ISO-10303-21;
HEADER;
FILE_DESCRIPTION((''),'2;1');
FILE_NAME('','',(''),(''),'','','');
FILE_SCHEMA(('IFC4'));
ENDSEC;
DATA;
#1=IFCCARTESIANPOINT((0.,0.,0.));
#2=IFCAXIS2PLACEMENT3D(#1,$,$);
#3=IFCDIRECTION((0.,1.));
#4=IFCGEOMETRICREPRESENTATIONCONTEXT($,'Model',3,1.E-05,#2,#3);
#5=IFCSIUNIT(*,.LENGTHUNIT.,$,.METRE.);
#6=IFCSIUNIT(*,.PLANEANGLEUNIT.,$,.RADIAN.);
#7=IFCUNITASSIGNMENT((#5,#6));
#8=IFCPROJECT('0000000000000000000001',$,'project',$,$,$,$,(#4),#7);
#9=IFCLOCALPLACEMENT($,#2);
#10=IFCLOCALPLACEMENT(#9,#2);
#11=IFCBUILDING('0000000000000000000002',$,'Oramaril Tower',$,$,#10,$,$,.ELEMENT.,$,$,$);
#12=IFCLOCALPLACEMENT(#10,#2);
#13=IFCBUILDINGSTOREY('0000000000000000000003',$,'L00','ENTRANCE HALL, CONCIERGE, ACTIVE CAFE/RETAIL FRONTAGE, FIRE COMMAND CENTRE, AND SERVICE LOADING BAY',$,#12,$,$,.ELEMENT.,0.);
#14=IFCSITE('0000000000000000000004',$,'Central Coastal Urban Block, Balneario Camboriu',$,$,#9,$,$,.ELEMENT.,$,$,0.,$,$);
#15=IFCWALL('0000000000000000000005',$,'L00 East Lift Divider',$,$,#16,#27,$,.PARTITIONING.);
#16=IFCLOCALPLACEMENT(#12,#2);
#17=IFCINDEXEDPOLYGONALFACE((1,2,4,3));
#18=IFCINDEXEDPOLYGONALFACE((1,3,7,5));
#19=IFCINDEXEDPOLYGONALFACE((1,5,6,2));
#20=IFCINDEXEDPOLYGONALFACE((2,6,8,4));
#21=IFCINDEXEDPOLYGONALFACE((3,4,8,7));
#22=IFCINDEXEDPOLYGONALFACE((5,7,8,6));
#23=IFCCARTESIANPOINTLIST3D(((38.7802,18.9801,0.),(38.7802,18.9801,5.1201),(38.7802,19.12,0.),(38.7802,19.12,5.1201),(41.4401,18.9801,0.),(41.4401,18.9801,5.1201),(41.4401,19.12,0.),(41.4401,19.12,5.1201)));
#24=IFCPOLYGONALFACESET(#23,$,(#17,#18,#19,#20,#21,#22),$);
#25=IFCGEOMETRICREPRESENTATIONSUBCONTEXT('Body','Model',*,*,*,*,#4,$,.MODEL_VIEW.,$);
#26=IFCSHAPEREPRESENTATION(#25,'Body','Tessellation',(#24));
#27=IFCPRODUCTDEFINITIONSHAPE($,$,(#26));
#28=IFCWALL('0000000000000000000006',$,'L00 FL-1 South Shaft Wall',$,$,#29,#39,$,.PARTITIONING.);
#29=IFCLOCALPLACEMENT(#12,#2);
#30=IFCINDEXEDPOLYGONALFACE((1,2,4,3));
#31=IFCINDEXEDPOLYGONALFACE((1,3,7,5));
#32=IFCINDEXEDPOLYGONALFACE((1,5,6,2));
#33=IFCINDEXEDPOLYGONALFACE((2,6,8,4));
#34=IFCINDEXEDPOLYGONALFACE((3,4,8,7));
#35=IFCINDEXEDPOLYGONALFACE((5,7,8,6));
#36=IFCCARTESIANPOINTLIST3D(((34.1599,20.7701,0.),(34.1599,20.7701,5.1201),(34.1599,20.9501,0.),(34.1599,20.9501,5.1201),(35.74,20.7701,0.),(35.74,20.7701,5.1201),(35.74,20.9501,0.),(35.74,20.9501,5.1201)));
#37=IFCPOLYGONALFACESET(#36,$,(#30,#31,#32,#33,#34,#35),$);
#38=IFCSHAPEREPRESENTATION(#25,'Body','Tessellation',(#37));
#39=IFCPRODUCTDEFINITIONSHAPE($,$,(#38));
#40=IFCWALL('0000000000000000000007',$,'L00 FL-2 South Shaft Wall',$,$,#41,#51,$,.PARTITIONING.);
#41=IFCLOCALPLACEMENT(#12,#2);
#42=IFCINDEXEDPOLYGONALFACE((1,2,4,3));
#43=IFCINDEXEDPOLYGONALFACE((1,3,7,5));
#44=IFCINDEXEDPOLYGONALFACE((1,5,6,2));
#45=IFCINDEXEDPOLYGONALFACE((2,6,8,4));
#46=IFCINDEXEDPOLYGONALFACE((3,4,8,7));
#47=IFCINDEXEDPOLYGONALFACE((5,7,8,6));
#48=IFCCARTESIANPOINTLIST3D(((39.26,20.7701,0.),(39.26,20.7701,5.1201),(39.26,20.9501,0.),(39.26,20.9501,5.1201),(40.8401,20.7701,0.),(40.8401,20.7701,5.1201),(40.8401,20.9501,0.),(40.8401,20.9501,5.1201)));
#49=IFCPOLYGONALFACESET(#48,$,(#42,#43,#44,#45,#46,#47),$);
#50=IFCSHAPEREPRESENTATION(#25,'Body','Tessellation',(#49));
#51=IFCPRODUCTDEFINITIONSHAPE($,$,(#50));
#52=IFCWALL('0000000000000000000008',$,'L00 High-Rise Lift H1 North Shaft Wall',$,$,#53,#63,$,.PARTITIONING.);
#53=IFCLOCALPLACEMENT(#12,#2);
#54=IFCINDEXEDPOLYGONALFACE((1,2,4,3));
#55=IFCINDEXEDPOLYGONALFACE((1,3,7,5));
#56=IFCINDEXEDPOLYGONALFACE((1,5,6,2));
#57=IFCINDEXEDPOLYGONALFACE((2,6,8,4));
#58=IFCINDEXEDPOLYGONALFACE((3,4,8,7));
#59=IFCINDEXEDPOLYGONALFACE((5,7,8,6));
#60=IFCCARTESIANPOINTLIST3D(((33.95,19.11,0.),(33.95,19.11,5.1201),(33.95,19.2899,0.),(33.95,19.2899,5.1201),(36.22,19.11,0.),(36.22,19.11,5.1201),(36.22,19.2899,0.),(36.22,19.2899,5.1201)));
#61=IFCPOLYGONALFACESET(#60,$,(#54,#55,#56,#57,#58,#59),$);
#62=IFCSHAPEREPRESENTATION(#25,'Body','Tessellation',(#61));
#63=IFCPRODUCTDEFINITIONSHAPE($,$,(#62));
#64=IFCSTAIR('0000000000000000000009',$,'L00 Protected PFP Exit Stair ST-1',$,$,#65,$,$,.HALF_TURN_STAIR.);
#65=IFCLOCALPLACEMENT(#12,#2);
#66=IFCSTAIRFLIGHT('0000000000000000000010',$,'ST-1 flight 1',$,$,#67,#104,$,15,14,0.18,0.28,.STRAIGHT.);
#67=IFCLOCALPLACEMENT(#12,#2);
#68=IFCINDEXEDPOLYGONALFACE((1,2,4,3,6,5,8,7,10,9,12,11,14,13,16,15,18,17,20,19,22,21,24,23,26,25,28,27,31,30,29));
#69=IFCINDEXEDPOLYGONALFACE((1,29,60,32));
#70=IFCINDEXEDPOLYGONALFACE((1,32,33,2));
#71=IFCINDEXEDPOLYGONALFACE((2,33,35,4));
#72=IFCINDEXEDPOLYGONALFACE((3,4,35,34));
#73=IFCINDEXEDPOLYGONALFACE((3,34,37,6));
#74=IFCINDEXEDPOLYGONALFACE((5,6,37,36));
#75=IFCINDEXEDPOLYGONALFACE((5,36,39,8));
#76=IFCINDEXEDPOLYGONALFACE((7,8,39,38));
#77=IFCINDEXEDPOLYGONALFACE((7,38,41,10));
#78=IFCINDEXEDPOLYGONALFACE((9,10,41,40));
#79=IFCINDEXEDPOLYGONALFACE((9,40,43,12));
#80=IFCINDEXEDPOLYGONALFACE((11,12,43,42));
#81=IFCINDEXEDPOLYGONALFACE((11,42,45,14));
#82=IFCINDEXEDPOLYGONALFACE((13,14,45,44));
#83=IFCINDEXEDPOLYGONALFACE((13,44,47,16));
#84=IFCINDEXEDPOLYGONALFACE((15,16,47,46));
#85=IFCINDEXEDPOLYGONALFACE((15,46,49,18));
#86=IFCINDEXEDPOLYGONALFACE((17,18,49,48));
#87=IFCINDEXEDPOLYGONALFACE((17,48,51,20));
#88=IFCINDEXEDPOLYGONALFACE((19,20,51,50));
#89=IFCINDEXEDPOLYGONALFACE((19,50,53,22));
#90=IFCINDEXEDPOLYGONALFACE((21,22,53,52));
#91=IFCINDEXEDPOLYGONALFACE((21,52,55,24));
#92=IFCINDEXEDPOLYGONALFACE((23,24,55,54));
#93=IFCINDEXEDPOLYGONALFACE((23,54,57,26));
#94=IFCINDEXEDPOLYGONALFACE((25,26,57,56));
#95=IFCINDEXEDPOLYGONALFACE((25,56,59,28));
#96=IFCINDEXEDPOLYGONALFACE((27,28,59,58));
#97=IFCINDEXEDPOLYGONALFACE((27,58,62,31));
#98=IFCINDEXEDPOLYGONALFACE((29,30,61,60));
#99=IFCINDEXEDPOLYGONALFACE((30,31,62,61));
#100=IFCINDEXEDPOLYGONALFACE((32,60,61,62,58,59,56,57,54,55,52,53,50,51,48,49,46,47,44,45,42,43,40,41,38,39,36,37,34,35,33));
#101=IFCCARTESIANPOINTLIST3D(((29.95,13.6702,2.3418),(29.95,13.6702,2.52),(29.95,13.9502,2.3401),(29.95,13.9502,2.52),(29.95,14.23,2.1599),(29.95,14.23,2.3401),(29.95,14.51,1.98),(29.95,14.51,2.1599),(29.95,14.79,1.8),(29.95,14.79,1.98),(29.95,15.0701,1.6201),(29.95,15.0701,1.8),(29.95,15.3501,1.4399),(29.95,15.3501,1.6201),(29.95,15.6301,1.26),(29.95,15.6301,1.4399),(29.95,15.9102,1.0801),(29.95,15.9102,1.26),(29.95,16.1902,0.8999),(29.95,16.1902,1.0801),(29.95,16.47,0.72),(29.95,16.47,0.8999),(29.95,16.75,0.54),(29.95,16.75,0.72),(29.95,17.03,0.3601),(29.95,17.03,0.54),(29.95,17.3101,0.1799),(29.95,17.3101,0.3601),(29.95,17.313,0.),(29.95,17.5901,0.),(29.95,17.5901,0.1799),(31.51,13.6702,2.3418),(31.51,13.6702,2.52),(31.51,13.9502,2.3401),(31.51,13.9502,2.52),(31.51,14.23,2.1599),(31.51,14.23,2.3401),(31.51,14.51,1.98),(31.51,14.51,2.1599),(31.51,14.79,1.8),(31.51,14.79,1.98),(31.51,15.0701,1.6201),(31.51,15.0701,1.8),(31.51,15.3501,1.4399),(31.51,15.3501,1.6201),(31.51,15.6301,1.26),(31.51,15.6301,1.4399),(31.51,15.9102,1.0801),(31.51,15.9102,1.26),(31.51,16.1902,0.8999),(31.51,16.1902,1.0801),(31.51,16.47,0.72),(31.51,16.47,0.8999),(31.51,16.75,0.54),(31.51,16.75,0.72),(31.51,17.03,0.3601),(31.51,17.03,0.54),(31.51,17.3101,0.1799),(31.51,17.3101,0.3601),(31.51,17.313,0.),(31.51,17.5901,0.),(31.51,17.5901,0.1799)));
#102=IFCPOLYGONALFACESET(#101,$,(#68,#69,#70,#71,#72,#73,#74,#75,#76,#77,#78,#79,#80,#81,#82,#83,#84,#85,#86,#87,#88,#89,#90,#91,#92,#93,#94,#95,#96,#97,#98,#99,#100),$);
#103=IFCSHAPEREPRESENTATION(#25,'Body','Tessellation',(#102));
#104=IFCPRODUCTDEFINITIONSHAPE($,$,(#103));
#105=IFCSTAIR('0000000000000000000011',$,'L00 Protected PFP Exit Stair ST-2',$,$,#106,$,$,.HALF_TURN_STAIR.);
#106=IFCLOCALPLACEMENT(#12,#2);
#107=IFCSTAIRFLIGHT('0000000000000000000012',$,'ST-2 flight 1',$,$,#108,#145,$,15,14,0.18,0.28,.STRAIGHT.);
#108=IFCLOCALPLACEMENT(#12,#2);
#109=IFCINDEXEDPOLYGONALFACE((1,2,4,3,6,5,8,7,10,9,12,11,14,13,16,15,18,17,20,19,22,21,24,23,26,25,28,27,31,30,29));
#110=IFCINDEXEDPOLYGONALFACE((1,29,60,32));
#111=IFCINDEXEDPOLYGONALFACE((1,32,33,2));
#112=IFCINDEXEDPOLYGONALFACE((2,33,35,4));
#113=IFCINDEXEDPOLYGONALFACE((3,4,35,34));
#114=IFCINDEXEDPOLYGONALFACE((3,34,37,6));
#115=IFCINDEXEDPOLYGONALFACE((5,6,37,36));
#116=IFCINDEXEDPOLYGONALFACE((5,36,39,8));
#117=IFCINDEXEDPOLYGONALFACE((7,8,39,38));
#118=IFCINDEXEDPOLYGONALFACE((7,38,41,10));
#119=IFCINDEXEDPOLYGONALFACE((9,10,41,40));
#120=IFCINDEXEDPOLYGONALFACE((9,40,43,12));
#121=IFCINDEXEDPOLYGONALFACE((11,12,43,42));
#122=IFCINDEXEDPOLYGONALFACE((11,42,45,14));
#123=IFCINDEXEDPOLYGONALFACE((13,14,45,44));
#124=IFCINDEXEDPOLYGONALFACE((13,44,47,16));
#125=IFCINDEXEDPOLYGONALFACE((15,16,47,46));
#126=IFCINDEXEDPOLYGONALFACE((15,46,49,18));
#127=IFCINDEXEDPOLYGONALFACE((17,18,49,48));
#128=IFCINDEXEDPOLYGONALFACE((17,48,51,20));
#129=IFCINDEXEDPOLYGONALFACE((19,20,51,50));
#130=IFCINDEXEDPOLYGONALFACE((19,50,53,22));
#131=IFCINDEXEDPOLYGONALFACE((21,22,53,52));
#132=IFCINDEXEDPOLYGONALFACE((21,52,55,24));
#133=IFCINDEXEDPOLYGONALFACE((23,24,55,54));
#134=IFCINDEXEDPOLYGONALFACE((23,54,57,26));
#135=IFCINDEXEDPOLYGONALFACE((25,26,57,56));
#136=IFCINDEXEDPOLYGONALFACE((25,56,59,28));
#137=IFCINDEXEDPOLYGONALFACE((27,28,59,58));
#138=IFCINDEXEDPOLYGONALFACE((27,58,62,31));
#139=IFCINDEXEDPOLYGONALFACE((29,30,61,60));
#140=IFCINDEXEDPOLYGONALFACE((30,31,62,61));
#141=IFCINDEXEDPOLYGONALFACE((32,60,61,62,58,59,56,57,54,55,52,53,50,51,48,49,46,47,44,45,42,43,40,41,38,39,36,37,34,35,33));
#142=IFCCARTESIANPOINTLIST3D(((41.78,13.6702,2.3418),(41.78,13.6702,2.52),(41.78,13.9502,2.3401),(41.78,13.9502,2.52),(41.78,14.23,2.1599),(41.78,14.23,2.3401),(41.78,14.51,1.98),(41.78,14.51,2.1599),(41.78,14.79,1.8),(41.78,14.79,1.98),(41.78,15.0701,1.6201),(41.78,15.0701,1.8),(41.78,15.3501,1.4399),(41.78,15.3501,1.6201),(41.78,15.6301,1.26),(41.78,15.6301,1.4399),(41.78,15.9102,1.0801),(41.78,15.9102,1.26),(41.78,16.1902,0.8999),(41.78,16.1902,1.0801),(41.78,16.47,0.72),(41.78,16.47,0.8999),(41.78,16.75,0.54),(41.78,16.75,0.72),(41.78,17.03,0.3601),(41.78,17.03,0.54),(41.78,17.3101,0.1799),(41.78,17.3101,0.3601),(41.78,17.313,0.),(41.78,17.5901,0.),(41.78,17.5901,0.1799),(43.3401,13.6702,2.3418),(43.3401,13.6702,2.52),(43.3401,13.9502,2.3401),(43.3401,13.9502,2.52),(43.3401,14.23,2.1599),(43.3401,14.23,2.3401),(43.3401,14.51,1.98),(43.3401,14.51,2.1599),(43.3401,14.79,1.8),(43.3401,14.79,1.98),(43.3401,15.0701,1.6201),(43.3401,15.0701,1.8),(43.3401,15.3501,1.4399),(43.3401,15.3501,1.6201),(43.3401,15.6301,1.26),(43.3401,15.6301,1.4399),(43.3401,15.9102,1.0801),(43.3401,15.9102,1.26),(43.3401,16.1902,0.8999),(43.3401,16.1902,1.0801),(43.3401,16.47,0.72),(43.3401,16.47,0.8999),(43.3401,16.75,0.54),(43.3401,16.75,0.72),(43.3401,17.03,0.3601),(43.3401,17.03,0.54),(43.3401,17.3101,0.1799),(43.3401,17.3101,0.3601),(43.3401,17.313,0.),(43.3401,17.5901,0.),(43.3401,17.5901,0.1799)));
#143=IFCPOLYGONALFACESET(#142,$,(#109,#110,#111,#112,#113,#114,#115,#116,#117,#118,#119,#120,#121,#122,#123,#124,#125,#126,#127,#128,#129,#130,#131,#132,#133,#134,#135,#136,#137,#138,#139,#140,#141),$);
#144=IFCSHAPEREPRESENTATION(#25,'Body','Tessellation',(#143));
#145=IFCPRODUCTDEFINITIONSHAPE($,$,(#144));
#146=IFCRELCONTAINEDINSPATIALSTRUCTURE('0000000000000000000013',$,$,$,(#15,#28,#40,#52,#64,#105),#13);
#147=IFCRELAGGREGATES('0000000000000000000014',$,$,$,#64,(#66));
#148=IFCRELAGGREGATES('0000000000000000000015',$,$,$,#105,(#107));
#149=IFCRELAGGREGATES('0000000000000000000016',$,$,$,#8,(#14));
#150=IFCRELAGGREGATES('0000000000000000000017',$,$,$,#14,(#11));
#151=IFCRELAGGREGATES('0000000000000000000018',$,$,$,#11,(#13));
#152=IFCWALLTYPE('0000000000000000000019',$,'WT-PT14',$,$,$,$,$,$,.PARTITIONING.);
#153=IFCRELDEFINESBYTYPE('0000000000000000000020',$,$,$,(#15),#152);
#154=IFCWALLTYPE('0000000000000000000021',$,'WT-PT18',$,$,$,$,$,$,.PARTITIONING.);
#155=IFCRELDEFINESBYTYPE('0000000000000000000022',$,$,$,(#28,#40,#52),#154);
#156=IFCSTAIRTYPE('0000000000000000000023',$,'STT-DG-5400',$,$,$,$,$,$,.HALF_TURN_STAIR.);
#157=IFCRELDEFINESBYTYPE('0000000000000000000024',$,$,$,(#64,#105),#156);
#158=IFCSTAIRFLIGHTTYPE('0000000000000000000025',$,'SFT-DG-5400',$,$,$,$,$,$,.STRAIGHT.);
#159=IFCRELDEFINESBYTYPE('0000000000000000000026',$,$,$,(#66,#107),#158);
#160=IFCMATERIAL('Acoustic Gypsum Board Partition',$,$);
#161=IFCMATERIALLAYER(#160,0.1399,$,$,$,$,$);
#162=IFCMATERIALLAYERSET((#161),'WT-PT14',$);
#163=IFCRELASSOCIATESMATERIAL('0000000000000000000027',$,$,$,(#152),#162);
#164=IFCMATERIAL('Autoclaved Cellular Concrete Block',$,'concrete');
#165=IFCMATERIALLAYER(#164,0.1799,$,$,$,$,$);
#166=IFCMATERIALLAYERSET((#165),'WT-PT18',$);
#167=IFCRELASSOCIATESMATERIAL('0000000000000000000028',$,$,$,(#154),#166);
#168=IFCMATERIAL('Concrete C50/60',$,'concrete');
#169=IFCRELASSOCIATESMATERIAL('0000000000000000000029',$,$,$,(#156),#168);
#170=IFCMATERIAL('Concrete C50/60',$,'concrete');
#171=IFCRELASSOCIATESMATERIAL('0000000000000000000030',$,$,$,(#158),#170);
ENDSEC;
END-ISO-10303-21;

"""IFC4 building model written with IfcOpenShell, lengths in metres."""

from ifc_helpers import new_model, si_unit, direction, frame, frame_2d, origin, place, context, subcontext, project, spatial, polyline, rectangle, outline, extrude, material, layer, layer_set, type_object, element, aggregate, save


model = new_model("IFC4")

# Units and contexts
model_context = context("Model", 3, precision=1e-05, world=origin(), true_north=direction((0.0, 1.0)))
body_context = subcontext(model_context, "Body", "Model", "MODEL_VIEW")
ifc_project = project(units=[si_unit("LENGTHUNIT", "METRE"), si_unit("PLANEANGLEUNIT", "RADIAN")], contexts=[model_context])

# Site, building, storey
site_placement = place(None, origin())
site = spatial("IfcSite", under=ifc_project, at=site_placement, Name="Central Coastal Urban Block, Balneario Camboriu", CompositionType="ELEMENT", RefElevation=0.0)
building_placement = place(site_placement, origin())
building = spatial("IfcBuilding", under=site, at=building_placement, Name="Oramaril Tower", CompositionType="ELEMENT")
storey_placement = place(building_placement, origin())
storey = spatial("IfcBuildingStorey", under=building, at=storey_placement, Name="L00", Description="ENTRANCE HALL, CONCIERGE, ACTIVE CAFE/RETAIL FRONTAGE, FIRE COMMAND CENTRE, AND SERVICE LOADING BAY", CompositionType="ELEMENT", Elevation=0.0)

# Walls
ifc_material_1 = material(Name="Acoustic Gypsum Board Partition")
ifc_layer_1 = layer(ifc_material_1, 0.1399)
ifc_layer_set_1 = layer_set([ifc_layer_1], Name="WT-PT14")
wall_type_1 = type_object("IfcWallType", Name="WT-PT14", PredefinedType="PARTITIONING", material=ifc_layer_set_1)
wall_1_placement = place(storey_placement, frame((38.78, 19.05, 0.0), z_axis=(0.0, 0.0, 1.0), x_axis=(1.0, 0.0, 0.0)))
element("IfcWall", 1, at=wall_1_placement, inside=storey, type_object=wall_type_1, Name="L00 East Lift Divider", PredefinedType="PARTITIONING", context=body_context, shape_type="SweptSolid", body=[
    extrude(rectangle(XDim=2.6599, YDim=0.1399, at=frame_2d((1.3301, 0.0))), origin(), (0.0, 0.0, 1.0), 5.1201),
])
ifc_material_2 = material(Name="Autoclaved Cellular Concrete Block", Category="concrete")
ifc_layer_2 = layer(ifc_material_2, 0.1799)
ifc_layer_set_2 = layer_set([ifc_layer_2], Name="WT-PT18")
wall_type_2 = type_object("IfcWallType", Name="WT-PT18", PredefinedType="PARTITIONING", material=ifc_layer_set_2)
for number, where, z_axis, x_axis, name in (
    (2, (34.1599, 20.8601, 0.0), (0.0, 0.0, 1.0), (1.0, 0.0, 0.0), "L00 FL-1 South Shaft Wall"),
    (3, (39.26, 20.8601, 0.0), (0.0, 0.0, 1.0), (1.0, 0.0, 0.0), "L00 FL-2 South Shaft Wall"),
):
    element("IfcWall", number, at=place(storey_placement, frame(where, z_axis=z_axis, x_axis=x_axis)), inside=storey, type_object=wall_type_2, Name=name, PredefinedType="PARTITIONING", context=body_context, shape_type="SweptSolid", body=[
        extrude(rectangle(XDim=1.5801, YDim=0.1799, at=frame_2d((0.79, 0.0))), origin(), (0.0, 0.0, 1.0), 5.1201),
    ])
wall_2_placement = place(storey_placement, frame((33.95, 19.2, 0.0), z_axis=(0.0, 0.0, 1.0), x_axis=(1.0, 0.0, 0.0)))
element("IfcWall", 4, at=wall_2_placement, inside=storey, type_object=wall_type_2, Name="L00 High-Rise Lift H1 North Shaft Wall", PredefinedType="PARTITIONING", context=body_context, shape_type="SweptSolid", body=[
    extrude(rectangle(XDim=2.27, YDim=0.1799, at=frame_2d((1.135, 0.0))), origin(), (0.0, 0.0, 1.0), 5.1201),
])

# Stairs, stair flights
ifc_material_3 = material(Name="Concrete C50/60", Category="concrete")
stair_type = type_object("IfcStairType", Name="STT-DG-5400", PredefinedType="HALF_TURN_STAIR", material=ifc_material_3)
stair_1_placement = place(storey_placement, origin())
stair_1 = element("IfcStair", 5, at=stair_1_placement, inside=storey, type_object=stair_type, Name="L00 Protected PFP Exit Stair ST-1", PredefinedType="HALF_TURN_STAIR")
ifc_material_4 = material(Name="Concrete C50/60", Category="concrete")
stair_flight_type = type_object("IfcStairFlightType", Name="SFT-DG-5400", PredefinedType="STRAIGHT", material=ifc_material_4)
stair_flight_1_placement = place(storey_placement, frame((30.73, 17.5901, 0.0), z_axis=(0.0, 0.0, 1.0), x_axis=(0.0, -1.0, 0.0)))
stair_flight_1 = element("IfcStairFlight", 6, at=stair_flight_1_placement, type_object=stair_flight_type, Name="ST-1 flight 1", NumberOfRisers=15, NumberOfTreads=14, PredefinedType="STRAIGHT", RiserHeight=0.18, TreadLength=0.28, context=body_context, shape_type="SweptSolid", body=[
    extrude(outline(polyline([(0.0, 0.0), (0.0, 0.1799), (0.28, 0.1799), (0.28, 0.3601), (0.5601, 0.3601), (0.5601, 0.54), (0.8401, 0.54), (0.8401, 0.72), (1.1201, 0.72), (1.1201, 0.8999), (1.3999, 0.8999), (1.3999, 1.0801), (1.6799, 1.0801), (1.6799, 1.26), (1.96, 1.26), (1.96, 1.4399), (2.24, 1.4399), (2.24, 1.6201), (2.52, 1.6201), (2.52, 1.8), (2.8, 1.8), (2.8, 1.98), (3.0801, 1.98), (3.0801, 2.1599), (3.3601, 2.1599), (3.3601, 2.3401), (3.6399, 2.3401), (3.6399, 2.52), (3.9199, 2.52), (3.9199, 2.7), (3.9199, 2.3418), (0.2771, 0.0), (0.0, 0.0)])), frame((0.0, 0.78, 0.0), z_axis=(0.0, -1.0, 0.0), x_axis=(1.0, 0.0, 0.0)), (0.0, 0.0, 1.0), 1.5601),
])
aggregate(stair_1, [stair_flight_1])
stair_2_placement = place(storey_placement, origin())
stair_2 = element("IfcStair", 7, at=stair_2_placement, inside=storey, type_object=stair_type, Name="L00 Protected PFP Exit Stair ST-2", PredefinedType="HALF_TURN_STAIR")
stair_flight_2_placement = place(storey_placement, frame((42.5601, 17.5901, 0.0), z_axis=(0.0, 0.0, 1.0), x_axis=(0.0, -1.0, 0.0)))
stair_flight_2 = element("IfcStairFlight", 8, at=stair_flight_2_placement, type_object=stair_flight_type, Name="ST-2 flight 1", NumberOfRisers=15, NumberOfTreads=14, PredefinedType="STRAIGHT", RiserHeight=0.18, TreadLength=0.28, context=body_context, shape_type="SweptSolid", body=[
    extrude(outline(polyline([(0.0, 0.0), (0.0, 0.1799), (0.28, 0.1799), (0.28, 0.3601), (0.5601, 0.3601), (0.5601, 0.54), (0.8401, 0.54), (0.8401, 0.72), (1.1201, 0.72), (1.1201, 0.8999), (1.3999, 0.8999), (1.3999, 1.0801), (1.6799, 1.0801), (1.6799, 1.26), (1.96, 1.26), (1.96, 1.4399), (2.24, 1.4399), (2.24, 1.6201), (2.52, 1.6201), (2.52, 1.8), (2.8, 1.8), (2.8, 1.98), (3.0801, 1.98), (3.0801, 2.1599), (3.3601, 2.1599), (3.3601, 2.3401), (3.6399, 2.3401), (3.6399, 2.52), (3.9199, 2.52), (3.9199, 2.7), (3.9199, 2.3418), (0.2771, 0.0), (0.0, 0.0)])), frame((0.0, 0.78, 0.0), z_axis=(0.0, -1.0, 0.0), x_axis=(1.0, 0.0, 0.0)), (0.0, 0.0, 1.0), 1.5601),
])
aggregate(stair_2, [stair_flight_2])

save(model, "model.ifc")
